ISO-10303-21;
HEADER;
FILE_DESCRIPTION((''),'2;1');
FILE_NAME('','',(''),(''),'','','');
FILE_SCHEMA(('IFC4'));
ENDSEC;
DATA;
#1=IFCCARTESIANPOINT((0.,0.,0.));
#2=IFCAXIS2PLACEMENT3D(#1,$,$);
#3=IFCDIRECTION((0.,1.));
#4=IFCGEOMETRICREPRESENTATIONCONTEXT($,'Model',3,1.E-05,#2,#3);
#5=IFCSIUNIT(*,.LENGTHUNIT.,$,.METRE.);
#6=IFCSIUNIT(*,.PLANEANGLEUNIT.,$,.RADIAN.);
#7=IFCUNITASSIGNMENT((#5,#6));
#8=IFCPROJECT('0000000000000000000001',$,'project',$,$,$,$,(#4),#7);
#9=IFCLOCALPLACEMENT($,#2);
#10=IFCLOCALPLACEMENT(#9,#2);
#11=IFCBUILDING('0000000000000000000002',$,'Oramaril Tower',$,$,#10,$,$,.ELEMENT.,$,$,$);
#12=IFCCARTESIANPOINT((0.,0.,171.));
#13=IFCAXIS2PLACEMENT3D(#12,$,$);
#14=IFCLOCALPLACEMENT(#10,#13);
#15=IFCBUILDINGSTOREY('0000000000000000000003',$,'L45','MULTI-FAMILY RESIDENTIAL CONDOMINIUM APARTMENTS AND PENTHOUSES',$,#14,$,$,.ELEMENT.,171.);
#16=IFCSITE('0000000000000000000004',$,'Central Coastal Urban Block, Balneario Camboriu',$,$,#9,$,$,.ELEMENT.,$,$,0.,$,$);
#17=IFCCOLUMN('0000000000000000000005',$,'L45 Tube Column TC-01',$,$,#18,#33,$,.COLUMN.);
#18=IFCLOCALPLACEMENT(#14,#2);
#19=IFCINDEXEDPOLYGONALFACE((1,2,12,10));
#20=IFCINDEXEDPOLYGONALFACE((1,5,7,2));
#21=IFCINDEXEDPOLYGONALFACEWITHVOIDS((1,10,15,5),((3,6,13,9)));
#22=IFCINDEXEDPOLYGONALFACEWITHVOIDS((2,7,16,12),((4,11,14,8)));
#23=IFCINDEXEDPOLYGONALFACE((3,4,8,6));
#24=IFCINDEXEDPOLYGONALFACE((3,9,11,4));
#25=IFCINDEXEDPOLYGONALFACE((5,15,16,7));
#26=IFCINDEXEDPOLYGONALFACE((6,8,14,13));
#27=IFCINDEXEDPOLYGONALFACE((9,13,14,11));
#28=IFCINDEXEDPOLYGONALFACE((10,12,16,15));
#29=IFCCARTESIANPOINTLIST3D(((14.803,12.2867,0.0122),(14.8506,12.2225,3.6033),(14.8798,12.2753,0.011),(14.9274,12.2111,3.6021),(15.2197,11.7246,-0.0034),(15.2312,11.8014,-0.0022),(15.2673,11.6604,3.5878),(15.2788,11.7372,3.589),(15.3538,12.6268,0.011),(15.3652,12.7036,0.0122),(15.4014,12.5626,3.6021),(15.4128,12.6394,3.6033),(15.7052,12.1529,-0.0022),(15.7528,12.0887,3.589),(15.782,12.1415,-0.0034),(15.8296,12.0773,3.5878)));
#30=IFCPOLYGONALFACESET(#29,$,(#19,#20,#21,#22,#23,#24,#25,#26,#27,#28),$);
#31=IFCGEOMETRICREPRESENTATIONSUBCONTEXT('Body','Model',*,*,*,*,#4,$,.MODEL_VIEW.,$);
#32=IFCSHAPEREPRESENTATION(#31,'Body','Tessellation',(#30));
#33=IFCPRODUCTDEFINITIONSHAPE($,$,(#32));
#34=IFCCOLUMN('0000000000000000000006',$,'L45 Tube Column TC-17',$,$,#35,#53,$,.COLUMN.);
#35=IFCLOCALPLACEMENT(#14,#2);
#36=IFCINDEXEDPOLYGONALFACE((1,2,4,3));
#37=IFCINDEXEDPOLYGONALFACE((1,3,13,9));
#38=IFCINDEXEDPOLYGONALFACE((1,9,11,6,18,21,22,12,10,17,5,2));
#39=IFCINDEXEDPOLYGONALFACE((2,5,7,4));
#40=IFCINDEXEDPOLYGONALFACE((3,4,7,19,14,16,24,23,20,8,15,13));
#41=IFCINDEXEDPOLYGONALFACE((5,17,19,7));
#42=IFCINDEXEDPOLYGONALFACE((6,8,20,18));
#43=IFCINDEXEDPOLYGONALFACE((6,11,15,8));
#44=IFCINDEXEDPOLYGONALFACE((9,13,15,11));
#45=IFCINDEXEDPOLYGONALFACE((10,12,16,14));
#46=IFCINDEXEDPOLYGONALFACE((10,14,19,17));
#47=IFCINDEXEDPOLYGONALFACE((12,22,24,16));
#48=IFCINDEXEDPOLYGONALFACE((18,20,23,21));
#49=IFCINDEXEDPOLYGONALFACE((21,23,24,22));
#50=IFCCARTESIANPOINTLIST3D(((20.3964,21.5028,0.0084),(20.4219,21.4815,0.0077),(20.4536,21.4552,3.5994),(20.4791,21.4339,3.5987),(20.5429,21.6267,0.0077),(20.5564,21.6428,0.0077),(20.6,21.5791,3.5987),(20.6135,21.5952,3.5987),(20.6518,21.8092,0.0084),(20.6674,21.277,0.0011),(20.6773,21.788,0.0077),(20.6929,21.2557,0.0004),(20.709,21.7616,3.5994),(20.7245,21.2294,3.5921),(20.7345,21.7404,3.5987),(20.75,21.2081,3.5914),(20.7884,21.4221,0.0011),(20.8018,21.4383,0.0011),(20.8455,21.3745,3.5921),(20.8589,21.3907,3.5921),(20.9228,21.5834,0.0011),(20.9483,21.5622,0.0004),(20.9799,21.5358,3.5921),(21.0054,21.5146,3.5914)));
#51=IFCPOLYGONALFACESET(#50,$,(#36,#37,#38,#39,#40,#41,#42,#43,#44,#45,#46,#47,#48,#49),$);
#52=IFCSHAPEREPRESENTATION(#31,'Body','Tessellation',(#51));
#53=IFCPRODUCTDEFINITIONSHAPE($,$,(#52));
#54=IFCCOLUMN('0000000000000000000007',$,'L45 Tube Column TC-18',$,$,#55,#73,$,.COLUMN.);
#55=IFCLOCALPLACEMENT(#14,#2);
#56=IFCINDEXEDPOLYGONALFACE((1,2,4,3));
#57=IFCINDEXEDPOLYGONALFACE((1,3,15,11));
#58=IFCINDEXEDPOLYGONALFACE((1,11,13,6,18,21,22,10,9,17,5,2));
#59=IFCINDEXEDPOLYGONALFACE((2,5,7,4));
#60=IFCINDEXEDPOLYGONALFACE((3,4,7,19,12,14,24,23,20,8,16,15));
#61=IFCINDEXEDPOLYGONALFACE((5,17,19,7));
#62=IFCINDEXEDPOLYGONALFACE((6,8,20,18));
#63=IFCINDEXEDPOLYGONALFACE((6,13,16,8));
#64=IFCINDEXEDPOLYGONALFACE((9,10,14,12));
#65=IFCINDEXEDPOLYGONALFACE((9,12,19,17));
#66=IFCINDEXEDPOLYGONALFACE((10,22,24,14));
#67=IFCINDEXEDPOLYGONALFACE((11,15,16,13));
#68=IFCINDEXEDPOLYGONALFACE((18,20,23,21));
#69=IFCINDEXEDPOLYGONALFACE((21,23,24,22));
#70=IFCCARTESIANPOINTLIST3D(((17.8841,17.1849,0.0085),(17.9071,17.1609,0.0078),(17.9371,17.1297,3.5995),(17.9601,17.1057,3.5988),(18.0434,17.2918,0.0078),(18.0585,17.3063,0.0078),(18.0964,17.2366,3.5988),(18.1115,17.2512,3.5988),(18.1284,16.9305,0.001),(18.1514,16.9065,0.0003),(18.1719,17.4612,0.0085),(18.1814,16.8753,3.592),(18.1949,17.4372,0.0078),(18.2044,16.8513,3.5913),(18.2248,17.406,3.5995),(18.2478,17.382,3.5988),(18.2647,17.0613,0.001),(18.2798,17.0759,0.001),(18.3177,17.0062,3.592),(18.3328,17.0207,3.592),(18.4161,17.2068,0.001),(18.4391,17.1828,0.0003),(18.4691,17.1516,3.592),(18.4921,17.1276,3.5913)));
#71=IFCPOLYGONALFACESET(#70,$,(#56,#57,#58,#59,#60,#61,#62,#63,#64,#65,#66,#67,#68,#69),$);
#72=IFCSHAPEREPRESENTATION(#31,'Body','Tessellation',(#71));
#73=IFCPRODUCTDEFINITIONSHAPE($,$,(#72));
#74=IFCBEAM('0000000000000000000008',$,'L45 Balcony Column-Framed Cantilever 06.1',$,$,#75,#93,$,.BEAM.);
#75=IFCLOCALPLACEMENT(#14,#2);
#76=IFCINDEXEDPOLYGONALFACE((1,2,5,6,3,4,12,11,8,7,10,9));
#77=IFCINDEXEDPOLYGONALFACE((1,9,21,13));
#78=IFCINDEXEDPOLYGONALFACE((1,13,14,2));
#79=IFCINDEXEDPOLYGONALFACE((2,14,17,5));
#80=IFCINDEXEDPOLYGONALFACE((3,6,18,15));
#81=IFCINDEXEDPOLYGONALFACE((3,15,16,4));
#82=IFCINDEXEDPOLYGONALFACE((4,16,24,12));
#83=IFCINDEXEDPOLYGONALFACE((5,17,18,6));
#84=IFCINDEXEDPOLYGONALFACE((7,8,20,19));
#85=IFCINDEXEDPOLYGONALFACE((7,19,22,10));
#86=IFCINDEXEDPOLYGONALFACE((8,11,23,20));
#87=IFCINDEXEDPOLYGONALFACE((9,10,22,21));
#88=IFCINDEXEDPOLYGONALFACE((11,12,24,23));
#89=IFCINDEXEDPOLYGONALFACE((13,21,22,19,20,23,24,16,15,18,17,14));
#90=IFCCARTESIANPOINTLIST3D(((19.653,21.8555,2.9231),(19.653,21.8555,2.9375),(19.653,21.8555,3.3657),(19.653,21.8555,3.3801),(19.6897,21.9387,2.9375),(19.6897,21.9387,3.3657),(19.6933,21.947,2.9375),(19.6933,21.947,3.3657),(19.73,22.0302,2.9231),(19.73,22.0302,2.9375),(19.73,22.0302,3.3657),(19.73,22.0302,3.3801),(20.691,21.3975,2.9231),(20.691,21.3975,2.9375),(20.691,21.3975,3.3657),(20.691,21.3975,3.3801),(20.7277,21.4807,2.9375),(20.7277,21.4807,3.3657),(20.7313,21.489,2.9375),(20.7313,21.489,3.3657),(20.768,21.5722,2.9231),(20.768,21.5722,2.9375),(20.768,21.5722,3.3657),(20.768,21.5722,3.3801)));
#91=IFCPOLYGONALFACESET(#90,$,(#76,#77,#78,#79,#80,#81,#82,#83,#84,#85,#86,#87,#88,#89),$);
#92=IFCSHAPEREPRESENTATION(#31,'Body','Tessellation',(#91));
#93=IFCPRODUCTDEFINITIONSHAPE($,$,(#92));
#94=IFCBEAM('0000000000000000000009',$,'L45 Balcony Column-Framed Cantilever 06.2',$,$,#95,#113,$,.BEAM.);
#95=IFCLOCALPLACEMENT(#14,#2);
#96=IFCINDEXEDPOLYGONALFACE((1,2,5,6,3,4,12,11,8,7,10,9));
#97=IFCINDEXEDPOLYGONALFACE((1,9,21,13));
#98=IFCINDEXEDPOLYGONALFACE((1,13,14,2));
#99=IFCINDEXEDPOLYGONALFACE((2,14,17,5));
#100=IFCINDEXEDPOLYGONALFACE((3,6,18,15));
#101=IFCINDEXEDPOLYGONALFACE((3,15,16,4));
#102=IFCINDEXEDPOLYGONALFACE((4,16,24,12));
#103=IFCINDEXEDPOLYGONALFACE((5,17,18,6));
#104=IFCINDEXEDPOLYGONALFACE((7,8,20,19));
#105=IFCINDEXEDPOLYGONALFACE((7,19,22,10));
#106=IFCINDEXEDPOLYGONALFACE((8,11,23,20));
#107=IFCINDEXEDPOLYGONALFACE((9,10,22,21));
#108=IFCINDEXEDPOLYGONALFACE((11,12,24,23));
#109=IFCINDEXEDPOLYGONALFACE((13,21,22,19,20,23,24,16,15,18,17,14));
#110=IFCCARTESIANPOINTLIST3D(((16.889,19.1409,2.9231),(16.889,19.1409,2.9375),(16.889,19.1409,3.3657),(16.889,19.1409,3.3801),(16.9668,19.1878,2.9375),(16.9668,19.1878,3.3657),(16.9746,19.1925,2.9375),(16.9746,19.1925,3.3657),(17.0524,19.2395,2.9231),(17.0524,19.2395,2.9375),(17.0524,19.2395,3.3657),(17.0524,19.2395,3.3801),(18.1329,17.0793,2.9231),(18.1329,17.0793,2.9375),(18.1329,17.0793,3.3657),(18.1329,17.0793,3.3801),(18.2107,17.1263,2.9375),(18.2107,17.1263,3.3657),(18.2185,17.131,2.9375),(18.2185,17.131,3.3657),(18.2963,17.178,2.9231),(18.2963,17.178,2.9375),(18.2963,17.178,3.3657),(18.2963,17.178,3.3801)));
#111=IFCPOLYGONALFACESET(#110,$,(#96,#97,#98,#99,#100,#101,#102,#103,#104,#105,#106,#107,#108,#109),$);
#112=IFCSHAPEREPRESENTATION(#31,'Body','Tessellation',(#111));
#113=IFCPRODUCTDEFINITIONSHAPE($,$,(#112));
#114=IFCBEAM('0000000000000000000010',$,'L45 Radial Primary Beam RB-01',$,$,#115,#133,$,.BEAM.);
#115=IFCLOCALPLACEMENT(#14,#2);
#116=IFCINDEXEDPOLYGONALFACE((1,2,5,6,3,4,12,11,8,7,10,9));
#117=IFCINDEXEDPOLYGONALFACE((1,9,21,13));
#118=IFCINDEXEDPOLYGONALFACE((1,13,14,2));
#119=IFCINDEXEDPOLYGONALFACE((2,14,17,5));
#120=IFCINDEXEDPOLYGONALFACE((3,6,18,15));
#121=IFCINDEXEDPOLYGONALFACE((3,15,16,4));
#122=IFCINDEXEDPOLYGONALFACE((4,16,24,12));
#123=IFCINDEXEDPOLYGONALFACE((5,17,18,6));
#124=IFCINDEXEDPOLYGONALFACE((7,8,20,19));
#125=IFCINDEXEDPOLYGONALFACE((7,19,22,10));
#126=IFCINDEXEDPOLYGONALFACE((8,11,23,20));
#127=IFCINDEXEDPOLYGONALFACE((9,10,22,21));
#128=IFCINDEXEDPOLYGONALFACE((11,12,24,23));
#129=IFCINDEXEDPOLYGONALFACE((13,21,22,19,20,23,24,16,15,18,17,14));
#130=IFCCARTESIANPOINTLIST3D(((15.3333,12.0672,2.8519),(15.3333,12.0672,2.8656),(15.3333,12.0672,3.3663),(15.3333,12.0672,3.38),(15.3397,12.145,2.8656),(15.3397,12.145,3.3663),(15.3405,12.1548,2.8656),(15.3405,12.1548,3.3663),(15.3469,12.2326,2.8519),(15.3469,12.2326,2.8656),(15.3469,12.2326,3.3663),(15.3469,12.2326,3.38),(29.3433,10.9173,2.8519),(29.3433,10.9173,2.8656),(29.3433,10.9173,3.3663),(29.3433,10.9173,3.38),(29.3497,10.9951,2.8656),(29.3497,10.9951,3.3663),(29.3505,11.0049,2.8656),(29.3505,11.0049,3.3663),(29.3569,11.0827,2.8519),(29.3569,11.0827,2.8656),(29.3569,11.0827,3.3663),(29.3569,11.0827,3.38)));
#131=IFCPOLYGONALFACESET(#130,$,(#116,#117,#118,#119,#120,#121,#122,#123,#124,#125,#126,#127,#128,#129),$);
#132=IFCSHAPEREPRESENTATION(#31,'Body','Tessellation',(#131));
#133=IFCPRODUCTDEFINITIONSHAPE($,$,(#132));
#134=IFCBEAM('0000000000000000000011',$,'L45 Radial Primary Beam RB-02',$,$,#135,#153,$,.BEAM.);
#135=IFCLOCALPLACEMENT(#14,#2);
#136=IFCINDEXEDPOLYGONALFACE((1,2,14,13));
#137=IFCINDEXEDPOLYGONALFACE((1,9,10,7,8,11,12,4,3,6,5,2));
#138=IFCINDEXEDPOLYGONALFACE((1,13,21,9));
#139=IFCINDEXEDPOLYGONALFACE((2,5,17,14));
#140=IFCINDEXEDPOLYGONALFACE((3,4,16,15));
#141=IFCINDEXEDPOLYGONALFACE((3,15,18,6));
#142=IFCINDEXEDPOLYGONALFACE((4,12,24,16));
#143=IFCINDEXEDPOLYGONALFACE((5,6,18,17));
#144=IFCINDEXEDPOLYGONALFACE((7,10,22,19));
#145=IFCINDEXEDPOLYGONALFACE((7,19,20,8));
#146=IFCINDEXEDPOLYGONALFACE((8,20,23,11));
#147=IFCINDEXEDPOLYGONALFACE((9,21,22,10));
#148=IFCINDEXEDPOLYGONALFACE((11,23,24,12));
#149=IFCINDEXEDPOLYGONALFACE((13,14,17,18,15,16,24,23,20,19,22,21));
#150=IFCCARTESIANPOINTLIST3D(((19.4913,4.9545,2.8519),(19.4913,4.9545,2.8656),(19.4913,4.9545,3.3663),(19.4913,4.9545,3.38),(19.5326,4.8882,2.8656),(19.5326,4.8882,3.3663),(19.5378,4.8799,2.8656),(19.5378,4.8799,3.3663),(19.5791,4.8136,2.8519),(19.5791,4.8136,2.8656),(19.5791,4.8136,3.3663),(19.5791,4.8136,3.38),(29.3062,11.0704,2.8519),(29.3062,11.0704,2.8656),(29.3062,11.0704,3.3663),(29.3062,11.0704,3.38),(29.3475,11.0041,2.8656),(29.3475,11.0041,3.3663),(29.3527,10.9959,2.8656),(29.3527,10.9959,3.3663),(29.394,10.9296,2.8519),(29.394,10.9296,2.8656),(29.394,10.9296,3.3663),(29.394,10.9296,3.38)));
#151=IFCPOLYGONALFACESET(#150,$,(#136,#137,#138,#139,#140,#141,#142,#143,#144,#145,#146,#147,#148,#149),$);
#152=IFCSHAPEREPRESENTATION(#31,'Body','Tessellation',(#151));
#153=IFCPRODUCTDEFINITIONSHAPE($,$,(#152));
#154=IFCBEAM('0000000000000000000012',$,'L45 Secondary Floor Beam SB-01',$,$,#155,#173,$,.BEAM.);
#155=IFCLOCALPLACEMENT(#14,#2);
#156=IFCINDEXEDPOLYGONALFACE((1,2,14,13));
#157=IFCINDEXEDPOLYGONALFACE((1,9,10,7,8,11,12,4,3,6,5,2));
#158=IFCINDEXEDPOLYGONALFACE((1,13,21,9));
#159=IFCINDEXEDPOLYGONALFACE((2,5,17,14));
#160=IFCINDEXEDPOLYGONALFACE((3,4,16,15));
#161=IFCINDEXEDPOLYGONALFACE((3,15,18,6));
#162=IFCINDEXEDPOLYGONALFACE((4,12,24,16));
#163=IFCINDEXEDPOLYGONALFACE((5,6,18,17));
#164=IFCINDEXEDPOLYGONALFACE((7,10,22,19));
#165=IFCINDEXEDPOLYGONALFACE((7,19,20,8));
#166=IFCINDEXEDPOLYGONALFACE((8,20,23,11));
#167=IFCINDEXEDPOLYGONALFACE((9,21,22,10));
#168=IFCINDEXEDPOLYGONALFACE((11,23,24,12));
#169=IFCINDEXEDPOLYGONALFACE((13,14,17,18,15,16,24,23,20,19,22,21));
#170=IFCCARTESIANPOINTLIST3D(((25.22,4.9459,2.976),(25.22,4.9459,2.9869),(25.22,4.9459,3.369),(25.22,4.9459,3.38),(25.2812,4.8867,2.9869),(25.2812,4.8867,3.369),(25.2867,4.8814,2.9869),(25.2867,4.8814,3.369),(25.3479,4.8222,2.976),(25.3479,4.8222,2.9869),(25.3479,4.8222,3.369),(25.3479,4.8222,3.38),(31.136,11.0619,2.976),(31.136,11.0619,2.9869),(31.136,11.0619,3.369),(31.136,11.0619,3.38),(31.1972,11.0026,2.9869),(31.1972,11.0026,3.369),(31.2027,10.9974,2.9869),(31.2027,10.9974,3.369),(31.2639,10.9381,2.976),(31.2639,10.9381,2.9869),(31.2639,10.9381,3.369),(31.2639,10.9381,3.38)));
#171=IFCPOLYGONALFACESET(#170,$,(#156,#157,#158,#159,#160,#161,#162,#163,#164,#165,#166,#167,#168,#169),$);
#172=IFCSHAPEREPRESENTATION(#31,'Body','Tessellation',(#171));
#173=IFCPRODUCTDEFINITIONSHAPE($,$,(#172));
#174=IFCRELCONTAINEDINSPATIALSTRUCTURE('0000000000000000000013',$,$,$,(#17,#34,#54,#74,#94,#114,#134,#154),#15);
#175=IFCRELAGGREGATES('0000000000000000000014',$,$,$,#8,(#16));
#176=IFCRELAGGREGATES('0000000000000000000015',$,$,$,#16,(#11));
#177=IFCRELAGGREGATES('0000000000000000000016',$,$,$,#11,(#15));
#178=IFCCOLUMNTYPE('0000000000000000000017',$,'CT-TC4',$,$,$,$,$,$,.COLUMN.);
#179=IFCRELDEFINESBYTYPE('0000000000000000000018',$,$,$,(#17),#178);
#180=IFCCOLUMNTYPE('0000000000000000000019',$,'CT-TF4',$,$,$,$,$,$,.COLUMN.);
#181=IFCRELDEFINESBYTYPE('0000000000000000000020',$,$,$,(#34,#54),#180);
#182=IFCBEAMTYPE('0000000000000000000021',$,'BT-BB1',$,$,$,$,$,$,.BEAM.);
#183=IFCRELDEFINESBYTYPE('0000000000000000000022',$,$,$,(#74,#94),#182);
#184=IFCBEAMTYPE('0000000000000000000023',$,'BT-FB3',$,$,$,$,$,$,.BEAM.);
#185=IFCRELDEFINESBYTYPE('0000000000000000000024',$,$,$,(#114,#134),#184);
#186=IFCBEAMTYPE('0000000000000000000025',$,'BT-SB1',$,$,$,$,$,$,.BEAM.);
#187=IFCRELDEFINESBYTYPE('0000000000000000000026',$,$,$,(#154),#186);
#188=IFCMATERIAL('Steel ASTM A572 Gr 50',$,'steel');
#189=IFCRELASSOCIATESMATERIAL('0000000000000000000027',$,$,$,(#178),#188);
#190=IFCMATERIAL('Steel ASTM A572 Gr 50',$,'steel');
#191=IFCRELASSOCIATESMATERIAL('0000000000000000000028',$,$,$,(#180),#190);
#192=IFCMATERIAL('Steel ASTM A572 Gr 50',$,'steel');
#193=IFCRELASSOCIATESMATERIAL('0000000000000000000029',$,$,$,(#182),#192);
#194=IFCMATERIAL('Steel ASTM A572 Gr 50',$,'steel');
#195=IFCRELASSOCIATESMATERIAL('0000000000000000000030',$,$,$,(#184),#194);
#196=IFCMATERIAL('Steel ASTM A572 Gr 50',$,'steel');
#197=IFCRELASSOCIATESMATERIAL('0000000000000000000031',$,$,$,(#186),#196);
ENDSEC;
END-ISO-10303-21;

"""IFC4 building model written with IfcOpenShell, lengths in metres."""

from ifc_helpers import new_model, si_unit, direction, frame, origin, origin_2d, place, context, subcontext, project, spatial, hollow_rectangle, i_section, extrude, material, material_profile, profile_set, type_object, element, save


model = new_model("IFC4")

# Units and contexts
model_context = context("Model", 3, precision=1e-05, world=origin(), true_north=direction((0.0, 1.0)))
body_context = subcontext(model_context, "Body", "Model", "MODEL_VIEW")
ifc_project = project(units=[si_unit("LENGTHUNIT", "METRE"), si_unit("PLANEANGLEUNIT", "RADIAN")], contexts=[model_context])

# Site, building, storey
site_placement = place(None, origin())
site = spatial("IfcSite", under=ifc_project, at=site_placement, Name="Central Coastal Urban Block, Balneario Camboriu", CompositionType="ELEMENT", RefElevation=0.0)
building_placement = place(site_placement, origin())
building = spatial("IfcBuilding", under=site, at=building_placement, Name="Oramaril Tower", CompositionType="ELEMENT")
storey_placement = place(building_placement, frame((0.0, 0.0, 171.0)))
storey = spatial("IfcBuildingStorey", under=building, at=storey_placement, Name="L45", Description="MULTI-FAMILY RESIDENTIAL CONDOMINIUM APARTMENTS AND PENTHOUSES", CompositionType="ELEMENT", Elevation=171.0)

# Columns
ifc_material_1 = material(Name="Steel ASTM A572 Gr 50", Category="steel")
ifc_material_profile_1 = material_profile(ifc_material_1, hollow_rectangle(XDim=0.7, YDim=0.7, WallThickness=0.0549, at=origin_2d()), Name="BOX700X700X55")
ifc_profile_set_1 = profile_set([ifc_material_profile_1], Name="Steel ASTM A572 Gr 50")
column_type_1 = type_object("IfcColumnType", Name="CT-TC4", PredefinedType="COLUMN", material=ifc_profile_set_1)
column_placement = place(storey_placement, frame((15.2925, 12.2141, 0.0044), z_axis=(0.013254, -0.017876, 0.999752), x_axis=(0.803287, 0.595593, 0.0)))
element("IfcColumn", 1, at=column_placement, inside=storey, type_object=column_type_1, Name="L45 Tube Column TC-01", PredefinedType="COLUMN", context=body_context, shape_type="SweptSolid", body=[
    extrude(hollow_rectangle(XDim=0.7, YDim=0.7, WallThickness=0.0549, at=origin_2d()), origin(), (0.0, 0.0, 1.0), 3.592),
])
ifc_material_2 = material(Name="Steel ASTM A572 Gr 50", Category="steel")
ifc_material_profile_2 = material_profile(ifc_material_2, i_section(OverallWidth=0.3989, OverallDepth=0.386, WebThickness=0.021, FlangeThickness=0.0332, at=origin_2d()), Name="W14X176")
ifc_profile_set_2 = profile_set([ifc_material_profile_2], Name="Steel ASTM A572 Gr 50")
column_type_2 = type_object("IfcColumnType", Name="CT-TF4", PredefinedType="COLUMN", material=ifc_profile_set_2)
for number, where, z_axis, x_axis, name in (
    (2, (20.6724, 21.5325, 0.0044), (0.015905, -0.013254, 0.999786), (0.640184, 0.768221, 0.0), "L45 Tube Column TC-17"),
    (3, (18.1616, 17.1838, 0.0044), (0.01475, -0.015361, 0.999773), (0.721324, 0.692598, 0.0), "L45 Tube Column TC-18"),
):
    element("IfcColumn", number, at=place(storey_placement, frame(where, z_axis=z_axis, x_axis=x_axis)), inside=storey, type_object=column_type_2, Name=name, PredefinedType="COLUMN", context=body_context, shape_type="SweptSolid", body=[
        extrude(i_section(OverallWidth=0.3989, OverallDepth=0.386, WebThickness=0.021, FlangeThickness=0.0332, at=origin_2d()), origin(), (0.0, 0.0, 1.0), 3.5918),
    ])

# Beams
ifc_material_3 = material(Name="Steel ASTM A572 Gr 50", Category="steel")
ifc_material_profile_3 = material_profile(ifc_material_3, i_section(OverallWidth=0.1909, OverallDepth=0.457, WebThickness=0.009, FlangeThickness=0.0144, at=origin_2d()), Name="W18X50")
ifc_profile_set_3 = profile_set([ifc_material_profile_3], Name="Steel ASTM A572 Gr 50")
beam_type_1 = type_object("IfcBeamType", Name="BT-BB1", PredefinedType="BEAM", material=ifc_profile_set_3)
beam_1_placement = place(storey_placement, frame((20.7295, 21.4849, 3.1516), z_axis=(-0.914908, 0.403661, 0.0), x_axis=(-0.403661, -0.914908, 0.0)))
element("IfcBeam", 4, at=beam_1_placement, inside=storey, type_object=beam_type_1, Name="L45 Balcony Column-Framed Cantilever 06.1", PredefinedType="BEAM", context=body_context, shape_type="SweptSolid", body=[
    extrude(i_section(OverallWidth=0.1909, OverallDepth=0.457, WebThickness=0.009, FlangeThickness=0.0144, at=origin_2d()), origin(), (0.0, 0.0, 1.0), 1.1345),
])
beam_2_placement = place(storey_placement, frame((18.2146, 17.1287, 3.1516), z_axis=(-0.516627, 0.856211, 0.0), x_axis=(-0.856211, -0.516627, 0.0)))
element("IfcBeam", 5, at=beam_2_placement, inside=storey, type_object=beam_type_1, Name="L45 Balcony Column-Framed Cantilever 06.2", PredefinedType="BEAM", context=body_context, shape_type="SweptSolid", body=[
    extrude(i_section(OverallWidth=0.1909, OverallDepth=0.457, WebThickness=0.009, FlangeThickness=0.0144, at=origin_2d()), origin(), (0.0, 0.0, 1.0), 2.4077),
])
ifc_material_4 = material(Name="Steel ASTM A572 Gr 50", Category="steel")
ifc_material_profile_4 = material_profile(ifc_material_4, i_section(OverallWidth=0.166, OverallDepth=0.5281, WebThickness=0.0098, FlangeThickness=0.0137, at=origin_2d()), Name="W21X50")
ifc_profile_set_4 = profile_set([ifc_material_profile_4], Name="Steel ASTM A572 Gr 50")
beam_type_2 = type_object("IfcBeamType", Name="BT-FB3", PredefinedType="BEAM", material=ifc_profile_set_4)
beam_3_placement = place(storey_placement, frame((29.3501, 11.0, 3.116), z_axis=(-0.996649, 0.081802, 0.0), x_axis=(-0.081802, -0.996649, 0.0)))
element("IfcBeam", 6, at=beam_3_placement, inside=storey, type_object=beam_type_2, Name="L45 Radial Primary Beam RB-01", PredefinedType="BEAM", context=body_context, shape_type="SweptSolid", body=[
    extrude(i_section(OverallWidth=0.166, OverallDepth=0.5281, WebThickness=0.0098, FlangeThickness=0.0137, at=origin_2d()), origin(), (0.0, 0.0, 1.0), 14.0571),
])
beam_4_placement = place(storey_placement, frame((29.3501, 11.0, 3.116), z_axis=(-0.848712, -0.528856, 0.0), x_axis=(0.528856, -0.848712, 0.0)))
element("IfcBeam", 7, at=beam_4_placement, inside=storey, type_object=beam_type_2, Name="L45 Radial Primary Beam RB-02", PredefinedType="BEAM", context=body_context, shape_type="SweptSolid", body=[
    extrude(i_section(OverallWidth=0.166, OverallDepth=0.5281, WebThickness=0.0098, FlangeThickness=0.0137, at=origin_2d()), origin(), (0.0, 0.0, 1.0), 11.5645),
])
ifc_material_5 = material(Name="Steel ASTM A572 Gr 50", Category="steel")
ifc_material_profile_5 = material_profile(ifc_material_5, i_section(OverallWidth=0.178, OverallDepth=0.4041, WebThickness=0.0076, FlangeThickness=0.011, at=origin_2d()), Name="W16X36")
ifc_profile_set_5 = profile_set([ifc_material_profile_5], Name="Steel ASTM A572 Gr 50")
beam_type_3 = type_object("IfcBeamType", Name="BT-SB1", PredefinedType="BEAM", material=ifc_profile_set_5)
beam_5_placement = place(storey_placement, frame((31.2, 11.0, 3.178), z_axis=(-0.69526, -0.718758, 0.0), x_axis=(0.718758, -0.69526, 0.0)))
element("IfcBeam", 8, at=beam_5_placement, inside=storey, type_object=beam_type_3, Name="L45 Secondary Floor Beam SB-01", PredefinedType="BEAM", context=body_context, shape_type="SweptSolid", body=[
    extrude(i_section(OverallWidth=0.178, OverallDepth=0.4041, WebThickness=0.0076, FlangeThickness=0.011, at=origin_2d()), origin(), (0.0, 0.0, 1.0), 8.509),
])

save(model, "model.ifc")
